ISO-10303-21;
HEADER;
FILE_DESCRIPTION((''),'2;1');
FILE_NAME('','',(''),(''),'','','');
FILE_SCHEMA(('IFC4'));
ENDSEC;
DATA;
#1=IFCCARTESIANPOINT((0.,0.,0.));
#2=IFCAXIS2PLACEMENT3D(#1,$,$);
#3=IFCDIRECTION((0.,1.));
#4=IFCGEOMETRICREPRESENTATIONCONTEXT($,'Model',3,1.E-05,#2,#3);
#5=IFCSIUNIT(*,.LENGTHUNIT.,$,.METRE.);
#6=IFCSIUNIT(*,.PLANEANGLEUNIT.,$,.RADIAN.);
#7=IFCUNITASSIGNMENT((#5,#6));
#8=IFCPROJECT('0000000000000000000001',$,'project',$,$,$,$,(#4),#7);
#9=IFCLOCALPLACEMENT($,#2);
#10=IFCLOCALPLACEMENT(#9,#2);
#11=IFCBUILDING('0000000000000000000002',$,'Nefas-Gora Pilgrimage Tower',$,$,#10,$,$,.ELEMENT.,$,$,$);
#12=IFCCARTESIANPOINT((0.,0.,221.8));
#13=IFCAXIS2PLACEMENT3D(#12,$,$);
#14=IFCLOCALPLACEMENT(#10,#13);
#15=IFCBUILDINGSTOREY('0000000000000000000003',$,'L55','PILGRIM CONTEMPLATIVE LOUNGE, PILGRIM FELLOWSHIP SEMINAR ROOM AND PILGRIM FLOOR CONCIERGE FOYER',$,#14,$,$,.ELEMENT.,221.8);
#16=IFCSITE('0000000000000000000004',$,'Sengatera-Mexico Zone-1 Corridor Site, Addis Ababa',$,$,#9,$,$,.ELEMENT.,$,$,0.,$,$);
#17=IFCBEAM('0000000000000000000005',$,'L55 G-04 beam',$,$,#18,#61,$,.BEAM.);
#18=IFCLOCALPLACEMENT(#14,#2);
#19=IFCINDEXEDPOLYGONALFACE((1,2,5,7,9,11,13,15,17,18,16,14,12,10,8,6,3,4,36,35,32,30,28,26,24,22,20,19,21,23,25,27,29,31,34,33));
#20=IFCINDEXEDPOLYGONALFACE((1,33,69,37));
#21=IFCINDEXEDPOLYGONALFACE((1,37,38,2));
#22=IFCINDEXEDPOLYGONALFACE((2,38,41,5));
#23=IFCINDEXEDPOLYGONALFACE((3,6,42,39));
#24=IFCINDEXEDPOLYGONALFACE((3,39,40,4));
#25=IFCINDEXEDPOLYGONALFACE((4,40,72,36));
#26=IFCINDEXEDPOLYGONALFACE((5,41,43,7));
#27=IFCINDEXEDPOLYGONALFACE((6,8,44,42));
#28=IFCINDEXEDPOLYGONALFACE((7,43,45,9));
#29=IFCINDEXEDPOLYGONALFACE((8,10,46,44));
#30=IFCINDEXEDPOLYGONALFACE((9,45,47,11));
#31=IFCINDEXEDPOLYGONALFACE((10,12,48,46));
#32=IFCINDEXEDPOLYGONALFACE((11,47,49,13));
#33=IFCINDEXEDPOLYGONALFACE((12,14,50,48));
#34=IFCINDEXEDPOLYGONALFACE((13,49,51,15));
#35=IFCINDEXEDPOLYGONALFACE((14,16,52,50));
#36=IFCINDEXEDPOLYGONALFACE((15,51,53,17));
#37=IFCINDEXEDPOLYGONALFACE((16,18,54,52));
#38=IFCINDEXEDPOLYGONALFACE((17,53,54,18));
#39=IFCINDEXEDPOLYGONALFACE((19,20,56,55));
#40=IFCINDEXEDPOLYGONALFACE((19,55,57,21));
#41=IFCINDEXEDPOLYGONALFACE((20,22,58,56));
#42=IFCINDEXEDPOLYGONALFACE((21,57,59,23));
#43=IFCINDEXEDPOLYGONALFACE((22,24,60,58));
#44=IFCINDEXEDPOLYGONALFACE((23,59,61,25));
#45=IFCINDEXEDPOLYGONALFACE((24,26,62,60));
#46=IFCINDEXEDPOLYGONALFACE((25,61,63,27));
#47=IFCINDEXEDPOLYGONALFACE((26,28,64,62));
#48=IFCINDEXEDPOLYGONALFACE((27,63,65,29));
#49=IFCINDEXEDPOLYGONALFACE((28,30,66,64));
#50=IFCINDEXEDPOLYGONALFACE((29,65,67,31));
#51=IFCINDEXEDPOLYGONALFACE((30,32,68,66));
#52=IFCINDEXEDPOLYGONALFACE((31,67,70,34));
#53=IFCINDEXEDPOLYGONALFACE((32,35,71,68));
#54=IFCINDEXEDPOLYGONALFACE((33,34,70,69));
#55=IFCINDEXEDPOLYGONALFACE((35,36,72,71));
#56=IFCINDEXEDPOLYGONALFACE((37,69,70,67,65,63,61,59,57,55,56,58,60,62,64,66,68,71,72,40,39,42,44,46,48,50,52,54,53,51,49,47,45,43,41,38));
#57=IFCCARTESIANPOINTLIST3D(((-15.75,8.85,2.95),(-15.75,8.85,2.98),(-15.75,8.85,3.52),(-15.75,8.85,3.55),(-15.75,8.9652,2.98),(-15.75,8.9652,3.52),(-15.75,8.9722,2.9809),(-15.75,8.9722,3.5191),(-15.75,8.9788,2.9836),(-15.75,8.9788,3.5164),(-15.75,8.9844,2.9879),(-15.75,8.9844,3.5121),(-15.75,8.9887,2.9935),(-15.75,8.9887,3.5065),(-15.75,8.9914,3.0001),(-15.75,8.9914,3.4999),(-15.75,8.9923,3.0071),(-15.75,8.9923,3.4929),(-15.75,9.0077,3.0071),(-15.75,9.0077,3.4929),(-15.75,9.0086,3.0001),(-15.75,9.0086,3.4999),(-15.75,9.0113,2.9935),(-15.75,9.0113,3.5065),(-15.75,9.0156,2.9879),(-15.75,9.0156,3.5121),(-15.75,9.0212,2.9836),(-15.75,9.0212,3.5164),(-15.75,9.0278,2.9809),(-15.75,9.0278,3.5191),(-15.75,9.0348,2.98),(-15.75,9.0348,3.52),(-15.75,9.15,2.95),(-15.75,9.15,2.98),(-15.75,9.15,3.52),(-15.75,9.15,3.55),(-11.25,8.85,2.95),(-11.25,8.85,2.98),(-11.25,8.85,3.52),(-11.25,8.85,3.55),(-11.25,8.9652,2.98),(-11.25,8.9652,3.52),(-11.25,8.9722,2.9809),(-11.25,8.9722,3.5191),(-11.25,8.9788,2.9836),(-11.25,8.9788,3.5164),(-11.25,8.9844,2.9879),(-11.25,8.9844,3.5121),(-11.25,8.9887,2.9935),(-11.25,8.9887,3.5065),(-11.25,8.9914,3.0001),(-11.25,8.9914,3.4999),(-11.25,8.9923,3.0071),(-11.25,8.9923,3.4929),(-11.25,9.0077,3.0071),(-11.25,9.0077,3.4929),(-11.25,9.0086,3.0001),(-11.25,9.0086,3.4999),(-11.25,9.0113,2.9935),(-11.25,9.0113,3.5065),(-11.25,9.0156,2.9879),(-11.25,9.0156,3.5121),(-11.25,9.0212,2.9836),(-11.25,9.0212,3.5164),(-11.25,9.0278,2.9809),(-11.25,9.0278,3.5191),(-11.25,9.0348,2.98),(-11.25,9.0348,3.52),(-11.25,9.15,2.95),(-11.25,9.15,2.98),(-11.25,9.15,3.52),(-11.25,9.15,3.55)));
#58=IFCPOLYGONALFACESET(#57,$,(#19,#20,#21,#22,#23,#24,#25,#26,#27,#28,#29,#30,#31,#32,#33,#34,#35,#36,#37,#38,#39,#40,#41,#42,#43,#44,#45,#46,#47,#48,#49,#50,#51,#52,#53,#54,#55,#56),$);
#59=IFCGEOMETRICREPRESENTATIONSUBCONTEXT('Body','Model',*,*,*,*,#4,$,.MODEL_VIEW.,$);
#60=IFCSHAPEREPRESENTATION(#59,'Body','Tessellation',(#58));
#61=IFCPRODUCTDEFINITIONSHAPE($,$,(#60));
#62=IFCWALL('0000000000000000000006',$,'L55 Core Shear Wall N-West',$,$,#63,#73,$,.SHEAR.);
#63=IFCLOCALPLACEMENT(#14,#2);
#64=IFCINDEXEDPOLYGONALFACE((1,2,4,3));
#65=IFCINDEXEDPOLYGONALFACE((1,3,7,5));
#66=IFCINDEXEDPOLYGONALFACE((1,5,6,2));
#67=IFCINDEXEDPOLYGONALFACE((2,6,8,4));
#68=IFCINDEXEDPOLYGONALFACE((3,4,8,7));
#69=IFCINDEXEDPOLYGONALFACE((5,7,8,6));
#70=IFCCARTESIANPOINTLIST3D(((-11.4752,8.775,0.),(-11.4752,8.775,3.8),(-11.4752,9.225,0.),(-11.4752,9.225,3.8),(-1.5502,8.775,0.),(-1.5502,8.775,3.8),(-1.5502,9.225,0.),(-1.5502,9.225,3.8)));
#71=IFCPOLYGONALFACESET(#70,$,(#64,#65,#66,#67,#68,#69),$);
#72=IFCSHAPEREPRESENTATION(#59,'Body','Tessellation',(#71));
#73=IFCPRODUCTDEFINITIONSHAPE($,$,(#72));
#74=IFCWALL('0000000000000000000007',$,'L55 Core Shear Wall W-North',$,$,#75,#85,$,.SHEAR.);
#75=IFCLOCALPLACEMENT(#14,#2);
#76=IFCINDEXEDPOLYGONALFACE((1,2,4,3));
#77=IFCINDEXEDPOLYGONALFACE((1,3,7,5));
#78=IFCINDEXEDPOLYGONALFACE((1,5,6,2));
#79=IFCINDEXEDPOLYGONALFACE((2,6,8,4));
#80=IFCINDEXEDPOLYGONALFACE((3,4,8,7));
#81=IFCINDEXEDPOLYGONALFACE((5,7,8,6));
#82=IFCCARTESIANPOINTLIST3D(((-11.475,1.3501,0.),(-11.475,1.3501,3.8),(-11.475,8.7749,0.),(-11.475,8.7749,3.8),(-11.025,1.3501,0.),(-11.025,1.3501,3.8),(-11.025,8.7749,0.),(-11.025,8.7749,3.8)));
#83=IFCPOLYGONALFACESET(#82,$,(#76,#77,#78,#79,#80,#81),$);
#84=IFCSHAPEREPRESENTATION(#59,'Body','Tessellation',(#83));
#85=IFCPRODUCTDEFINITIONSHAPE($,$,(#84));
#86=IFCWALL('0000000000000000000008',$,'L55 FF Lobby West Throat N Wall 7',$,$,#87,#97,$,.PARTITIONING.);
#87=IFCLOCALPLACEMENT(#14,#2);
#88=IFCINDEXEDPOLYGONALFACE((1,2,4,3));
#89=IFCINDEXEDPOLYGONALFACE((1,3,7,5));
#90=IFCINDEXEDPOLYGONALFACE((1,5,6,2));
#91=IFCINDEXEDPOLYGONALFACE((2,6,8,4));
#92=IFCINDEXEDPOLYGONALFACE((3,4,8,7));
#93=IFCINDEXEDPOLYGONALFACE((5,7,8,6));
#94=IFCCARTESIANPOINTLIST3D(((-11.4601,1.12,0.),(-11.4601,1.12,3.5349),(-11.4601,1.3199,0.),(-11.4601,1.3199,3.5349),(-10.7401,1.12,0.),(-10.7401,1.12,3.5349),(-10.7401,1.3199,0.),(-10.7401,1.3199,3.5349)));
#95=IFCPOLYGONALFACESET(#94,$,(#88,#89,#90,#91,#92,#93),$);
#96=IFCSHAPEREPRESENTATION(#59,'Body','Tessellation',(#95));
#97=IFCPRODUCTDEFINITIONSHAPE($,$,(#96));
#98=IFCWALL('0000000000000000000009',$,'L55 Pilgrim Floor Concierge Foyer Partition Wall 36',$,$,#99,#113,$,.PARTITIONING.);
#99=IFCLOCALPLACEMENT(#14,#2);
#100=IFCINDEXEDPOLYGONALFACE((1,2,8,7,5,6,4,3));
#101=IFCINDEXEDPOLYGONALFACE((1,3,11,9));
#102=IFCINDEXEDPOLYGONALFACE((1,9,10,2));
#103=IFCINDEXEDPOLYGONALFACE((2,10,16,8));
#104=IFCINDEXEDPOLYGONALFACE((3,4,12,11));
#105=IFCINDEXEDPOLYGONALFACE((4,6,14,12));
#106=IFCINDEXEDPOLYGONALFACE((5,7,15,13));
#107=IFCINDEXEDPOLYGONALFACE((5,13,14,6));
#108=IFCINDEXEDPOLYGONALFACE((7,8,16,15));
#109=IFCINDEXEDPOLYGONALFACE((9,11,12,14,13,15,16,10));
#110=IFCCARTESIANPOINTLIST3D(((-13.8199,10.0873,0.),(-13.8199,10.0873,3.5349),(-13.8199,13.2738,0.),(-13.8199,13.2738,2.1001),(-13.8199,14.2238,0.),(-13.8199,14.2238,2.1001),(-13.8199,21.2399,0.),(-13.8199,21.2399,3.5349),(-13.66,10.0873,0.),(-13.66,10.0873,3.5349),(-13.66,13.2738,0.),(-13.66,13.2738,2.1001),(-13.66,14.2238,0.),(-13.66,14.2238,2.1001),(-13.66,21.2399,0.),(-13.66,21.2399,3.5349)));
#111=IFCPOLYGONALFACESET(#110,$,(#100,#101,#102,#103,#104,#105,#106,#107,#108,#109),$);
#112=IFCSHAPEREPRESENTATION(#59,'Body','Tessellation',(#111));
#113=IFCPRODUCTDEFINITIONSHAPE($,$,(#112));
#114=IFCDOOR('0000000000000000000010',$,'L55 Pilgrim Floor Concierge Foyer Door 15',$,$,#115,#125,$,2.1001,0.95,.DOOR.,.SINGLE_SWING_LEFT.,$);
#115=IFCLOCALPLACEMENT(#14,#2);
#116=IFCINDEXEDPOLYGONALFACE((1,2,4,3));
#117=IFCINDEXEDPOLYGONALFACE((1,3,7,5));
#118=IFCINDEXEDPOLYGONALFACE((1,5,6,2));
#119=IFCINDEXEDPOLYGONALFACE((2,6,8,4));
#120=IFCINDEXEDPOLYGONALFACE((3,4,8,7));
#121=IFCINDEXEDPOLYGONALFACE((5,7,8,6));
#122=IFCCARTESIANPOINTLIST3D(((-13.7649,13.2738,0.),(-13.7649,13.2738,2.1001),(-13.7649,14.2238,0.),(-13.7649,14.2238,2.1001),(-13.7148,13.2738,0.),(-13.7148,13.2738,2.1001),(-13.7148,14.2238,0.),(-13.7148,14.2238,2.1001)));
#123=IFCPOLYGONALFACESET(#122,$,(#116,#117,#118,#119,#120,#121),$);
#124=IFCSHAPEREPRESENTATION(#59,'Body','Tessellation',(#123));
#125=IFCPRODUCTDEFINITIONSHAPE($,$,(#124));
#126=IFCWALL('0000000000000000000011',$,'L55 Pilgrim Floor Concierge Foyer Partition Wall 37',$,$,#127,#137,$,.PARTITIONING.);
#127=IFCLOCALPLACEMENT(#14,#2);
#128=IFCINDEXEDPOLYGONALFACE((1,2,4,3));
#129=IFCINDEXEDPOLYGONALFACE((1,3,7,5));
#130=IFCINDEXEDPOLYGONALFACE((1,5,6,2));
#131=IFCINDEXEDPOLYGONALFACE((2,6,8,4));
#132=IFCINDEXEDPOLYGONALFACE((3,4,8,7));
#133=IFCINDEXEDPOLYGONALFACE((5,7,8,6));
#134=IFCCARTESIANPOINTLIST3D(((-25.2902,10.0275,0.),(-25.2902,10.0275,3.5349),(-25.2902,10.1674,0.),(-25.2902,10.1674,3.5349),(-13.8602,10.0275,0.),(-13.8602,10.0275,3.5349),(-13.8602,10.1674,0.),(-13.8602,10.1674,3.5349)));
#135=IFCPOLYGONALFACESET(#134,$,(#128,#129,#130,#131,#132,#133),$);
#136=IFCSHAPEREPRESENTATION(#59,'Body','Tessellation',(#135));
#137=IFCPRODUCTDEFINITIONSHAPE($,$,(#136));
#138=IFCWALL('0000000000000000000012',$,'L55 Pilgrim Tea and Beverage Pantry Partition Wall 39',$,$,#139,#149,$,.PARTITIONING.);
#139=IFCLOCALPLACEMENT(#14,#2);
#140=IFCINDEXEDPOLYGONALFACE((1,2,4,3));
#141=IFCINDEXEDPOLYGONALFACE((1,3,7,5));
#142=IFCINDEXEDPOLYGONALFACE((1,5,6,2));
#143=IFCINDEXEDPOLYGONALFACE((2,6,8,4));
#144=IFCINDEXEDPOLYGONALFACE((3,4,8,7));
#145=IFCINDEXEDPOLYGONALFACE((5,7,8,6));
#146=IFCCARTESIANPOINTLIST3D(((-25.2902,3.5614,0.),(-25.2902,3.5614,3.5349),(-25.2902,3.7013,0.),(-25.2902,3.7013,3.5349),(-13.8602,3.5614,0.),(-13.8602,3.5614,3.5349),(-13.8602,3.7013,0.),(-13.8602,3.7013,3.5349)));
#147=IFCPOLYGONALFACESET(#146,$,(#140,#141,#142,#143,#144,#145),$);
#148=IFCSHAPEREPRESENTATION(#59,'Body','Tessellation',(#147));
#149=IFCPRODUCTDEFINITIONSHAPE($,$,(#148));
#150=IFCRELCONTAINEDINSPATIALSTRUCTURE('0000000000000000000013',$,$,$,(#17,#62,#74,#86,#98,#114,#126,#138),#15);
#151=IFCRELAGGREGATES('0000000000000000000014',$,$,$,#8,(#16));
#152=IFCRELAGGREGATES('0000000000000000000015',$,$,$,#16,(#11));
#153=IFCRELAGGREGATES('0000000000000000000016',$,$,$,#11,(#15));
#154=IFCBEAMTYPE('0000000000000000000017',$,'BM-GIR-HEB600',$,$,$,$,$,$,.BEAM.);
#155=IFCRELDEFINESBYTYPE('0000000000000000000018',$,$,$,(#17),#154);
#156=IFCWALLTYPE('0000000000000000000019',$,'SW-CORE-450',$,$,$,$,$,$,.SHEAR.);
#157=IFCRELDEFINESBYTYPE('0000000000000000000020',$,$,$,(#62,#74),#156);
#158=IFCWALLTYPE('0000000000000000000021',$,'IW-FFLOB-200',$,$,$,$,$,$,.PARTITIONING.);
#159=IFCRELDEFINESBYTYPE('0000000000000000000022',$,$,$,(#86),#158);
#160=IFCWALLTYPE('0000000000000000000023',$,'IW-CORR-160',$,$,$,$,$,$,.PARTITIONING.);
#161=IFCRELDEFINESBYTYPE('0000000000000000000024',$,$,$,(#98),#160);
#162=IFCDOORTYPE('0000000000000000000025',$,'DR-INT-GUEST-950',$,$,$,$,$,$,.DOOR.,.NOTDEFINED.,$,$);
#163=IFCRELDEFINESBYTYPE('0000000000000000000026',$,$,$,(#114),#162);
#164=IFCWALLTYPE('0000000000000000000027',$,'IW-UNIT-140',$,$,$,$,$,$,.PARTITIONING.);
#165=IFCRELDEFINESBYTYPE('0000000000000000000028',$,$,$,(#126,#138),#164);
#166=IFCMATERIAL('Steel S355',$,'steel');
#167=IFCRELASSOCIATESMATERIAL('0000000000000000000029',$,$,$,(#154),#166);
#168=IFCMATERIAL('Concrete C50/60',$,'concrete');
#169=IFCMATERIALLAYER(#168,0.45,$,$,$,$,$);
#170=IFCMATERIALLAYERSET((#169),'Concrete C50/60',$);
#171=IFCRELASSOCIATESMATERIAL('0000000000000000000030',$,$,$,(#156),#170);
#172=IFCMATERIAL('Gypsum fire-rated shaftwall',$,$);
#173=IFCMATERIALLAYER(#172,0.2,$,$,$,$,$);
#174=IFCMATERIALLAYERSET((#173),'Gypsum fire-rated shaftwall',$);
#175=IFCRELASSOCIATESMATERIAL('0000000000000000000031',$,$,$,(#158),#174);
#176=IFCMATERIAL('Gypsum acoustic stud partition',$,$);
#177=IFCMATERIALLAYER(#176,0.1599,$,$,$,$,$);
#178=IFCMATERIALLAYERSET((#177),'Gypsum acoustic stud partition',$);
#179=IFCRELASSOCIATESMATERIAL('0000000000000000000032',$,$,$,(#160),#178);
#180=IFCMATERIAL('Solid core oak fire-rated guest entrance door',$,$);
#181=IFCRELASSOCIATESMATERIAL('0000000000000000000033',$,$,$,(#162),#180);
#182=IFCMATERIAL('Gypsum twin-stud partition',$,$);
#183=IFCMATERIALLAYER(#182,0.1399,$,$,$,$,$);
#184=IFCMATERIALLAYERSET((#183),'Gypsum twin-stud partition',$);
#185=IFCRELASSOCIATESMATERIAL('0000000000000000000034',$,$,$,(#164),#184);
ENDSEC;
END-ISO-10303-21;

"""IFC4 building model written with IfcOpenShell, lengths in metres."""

from ifc_helpers import new_model, si_unit, direction, frame, frame_2d, origin, origin_2d, place, context, subcontext, project, spatial, rectangle, i_section, extrude, source, transform, mapped, material, layer, layer_set, material_profile, profile_set, type_object, element, fill, save


model = new_model("IFC4")

# Units and contexts
model_context = context("Model", 3, precision=1e-05, world=origin(), true_north=direction((0.0, 1.0)))
body_context = subcontext(model_context, "Body", "Model", "MODEL_VIEW")
ifc_project = project(units=[si_unit("LENGTHUNIT", "METRE"), si_unit("PLANEANGLEUNIT", "RADIAN")], contexts=[model_context])

# Site, building, storey
site_placement = place(None, origin())
site = spatial("IfcSite", under=ifc_project, at=site_placement, Name="Sengatera-Mexico Zone-1 Corridor Site, Addis Ababa", CompositionType="ELEMENT", RefElevation=0.0)
building_placement = place(site_placement, origin())
building = spatial("IfcBuilding", under=site, at=building_placement, Name="Nefas-Gora Pilgrimage Tower", CompositionType="ELEMENT")
storey_placement = place(building_placement, frame((0.0, 0.0, 221.8)))
storey = spatial("IfcBuildingStorey", under=building, at=storey_placement, Name="L55", Description="PILGRIM CONTEMPLATIVE LOUNGE, PILGRIM FELLOWSHIP SEMINAR ROOM AND PILGRIM FLOOR CONCIERGE FOYER", CompositionType="ELEMENT", Elevation=221.8)

# Beam
ifc_material_1 = material(Name="Steel S355", Category="steel")
ifc_material_profile_1 = material_profile(ifc_material_1, i_section(OverallWidth=0.3, OverallDepth=0.6001, WebThickness=0.0154, FlangeThickness=0.03, FilletRadius=0.0271, at=origin_2d()), Name="HEB 600")
ifc_profile_set_1 = profile_set([ifc_material_profile_1], Name="Steel S355")
beam_type_1 = type_object("IfcBeamType", Name="BM-GIR-HEB600", PredefinedType="BEAM", material=ifc_profile_set_1)
shared_shape_1 = source(origin(), body_context, "Body", "SweptSolid", [
    extrude(i_section(OverallWidth=0.3, OverallDepth=0.6001, WebThickness=0.0154, FlangeThickness=0.03, FilletRadius=0.0271, at=origin_2d()), origin(), (0.0, 0.0, 1.0), 4.5),
])
for number, where, z_axis, x_axis, name in (
    (1, (-15.75, 9.0, 3.25), (1.0, 0.0, 0.0), (0.0, 1.0, 0.0), "L55 G-04 beam"),
):
    element("IfcBeam", number, at=place(storey_placement, frame(where, z_axis=z_axis, x_axis=x_axis)), inside=storey, type_object=beam_type_1, Name=name, PredefinedType="BEAM", context=body_context, shape_type="MappedRepresentation", body=[
        mapped(shared_shape_1, transform((0.0, 0.0, 0.0), x_axis=(1.0, 0.0, 0.0), y_axis=(0.0, 1.0, 0.0), z_axis=(0.0, 0.0, 1.0), scale=1.0)),
    ])

# Walls
ifc_material_2 = material(Name="Concrete C50/60", Category="concrete")
ifc_layer_1 = layer(ifc_material_2, 0.45)
ifc_layer_set_1 = layer_set([ifc_layer_1], Name="Concrete C50/60")
wall_type_1 = type_object("IfcWallType", Name="SW-CORE-450", PredefinedType="SHEAR", material=ifc_layer_set_1)
shared_shape_2 = source(origin(), body_context, "Body", "SweptSolid", [
    extrude(rectangle(XDim=9.925, YDim=0.45, at=frame_2d((4.9624, 0.0))), origin(), (0.0, 0.0, 1.0), 3.8),
])
wall_1_placement = place(storey_placement, frame((-11.4751, 9.0, 0.0), z_axis=(0.0, 0.0, 1.0), x_axis=(1.0, 0.0, 0.0)))
element("IfcWall", 2, at=wall_1_placement, inside=storey, type_object=wall_type_1, Name="L55 Core Shear Wall N-West", PredefinedType="SHEAR", context=body_context, shape_type="MappedRepresentation", body=[
    mapped(shared_shape_2, transform((0.0, 0.0, 0.0), x_axis=(1.0, 0.0, 0.0), y_axis=(0.0, 1.0, 0.0), z_axis=(0.0, 0.0, 1.0), scale=1.0)),
])
shared_shape_3 = source(origin(), body_context, "Body", "SweptSolid", [
    extrude(rectangle(XDim=7.4248, YDim=0.45, at=frame_2d((3.7124, 0.0))), origin(), (0.0, 0.0, 1.0), 3.8),
])
wall_2_placement = place(storey_placement, frame((-11.25, 1.3501, 0.0), z_axis=(0.0, 0.0, 1.0), x_axis=(0.0, 1.0, 0.0)))
element("IfcWall", 3, at=wall_2_placement, inside=storey, type_object=wall_type_1, Name="L55 Core Shear Wall W-North", PredefinedType="SHEAR", context=body_context, shape_type="MappedRepresentation", body=[
    mapped(shared_shape_3, transform((0.0, 0.0, 0.0), x_axis=(1.0, 0.0, 0.0), y_axis=(0.0, 1.0, 0.0), z_axis=(0.0, 0.0, 1.0), scale=1.0)),
])
ifc_material_3 = material(Name="Gypsum fire-rated shaftwall")
ifc_layer_2 = layer(ifc_material_3, 0.2)
ifc_layer_set_2 = layer_set([ifc_layer_2], Name="Gypsum fire-rated shaftwall")
wall_type_2 = type_object("IfcWallType", Name="IW-FFLOB-200", PredefinedType="PARTITIONING", material=ifc_layer_set_2)
shared_shape_4 = source(origin(), body_context, "Body", "SweptSolid", [
    extrude(rectangle(XDim=0.72, YDim=0.2, at=frame_2d((0.3599, 0.0))), origin(), (0.0, 0.0, 1.0), 3.5349),
])
wall_3_placement = place(storey_placement, frame((-11.46, 1.22, 0.0), z_axis=(0.0, 0.0, 1.0), x_axis=(1.0, 0.0, 0.0)))
element("IfcWall", 4, at=wall_3_placement, inside=storey, type_object=wall_type_2, Name="L55 FF Lobby West Throat N Wall 7", PredefinedType="PARTITIONING", context=body_context, shape_type="MappedRepresentation", body=[
    mapped(shared_shape_4, transform((0.0, 0.0, 0.0), x_axis=(1.0, 0.0, 0.0), y_axis=(0.0, 1.0, 0.0), z_axis=(0.0, 0.0, 1.0), scale=1.0)),
])

# Wall, opening, door
ifc_material_4 = material(Name="Gypsum acoustic stud partition")
ifc_layer_3 = layer(ifc_material_4, 0.1599)
ifc_layer_set_3 = layer_set([ifc_layer_3], Name="Gypsum acoustic stud partition")
wall_type_3 = type_object("IfcWallType", Name="IW-CORR-160", PredefinedType="PARTITIONING", material=ifc_layer_set_3)
shared_shape_5 = source(origin(), body_context, "Body", "SweptSolid", [
    extrude(rectangle(XDim=11.1526, YDim=0.1599, at=frame_2d((5.5762, 0.0))), origin(), (0.0, 0.0, 1.0), 3.5349),
])
wall_4_placement = place(storey_placement, frame((-13.74, 10.0874, 0.0), z_axis=(0.0, 0.0, 1.0), x_axis=(0.0, 1.0, 0.0)))
wall_4 = element("IfcWall", 5, at=wall_4_placement, inside=storey, type_object=wall_type_3, Name="L55 Pilgrim Floor Concierge Foyer Partition Wall 36", PredefinedType="PARTITIONING", context=body_context, shape_type="MappedRepresentation", body=[
    mapped(shared_shape_5, transform((0.0, 0.0, 0.0), x_axis=(1.0, 0.0, 0.0), y_axis=(0.0, 1.0, 0.0), z_axis=(0.0, 0.0, 1.0), scale=1.0)),
])
opening_1_placement = place(wall_4_placement, frame((3.1863, 0.0, 0.0)))
opening_1 = element("IfcOpeningElement", 6, at=opening_1_placement, cuts=wall_4, PredefinedType="OPENING", context=body_context, shape_type="SweptSolid", body=[
    extrude(rectangle(XDim=0.95, YDim=2.1001, at=frame_2d((0.4751, 1.05))), frame((0.0, 0.0898, 0.0), z_axis=(0.0, -1.0, 0.0), x_axis=(1.0, 0.0, 0.0)), (0.0, 0.0, 1.0), 0.1799),
])
ifc_material_5 = material(Name="Solid core oak fire-rated guest entrance door")
door_type = type_object("IfcDoorType", Name="DR-INT-GUEST-950", OperationType="NOTDEFINED", PredefinedType="DOOR", material=ifc_material_5)
shared_shape_6 = source(origin(), body_context, "Body", "SweptSolid", [
    extrude(rectangle(XDim=0.95, YDim=2.1001, at=frame_2d((0.4751, 1.05))), frame((0.0, 0.0249, 0.0), z_axis=(0.0, -1.0, 0.0), x_axis=(1.0, 0.0, 0.0)), (0.0, 0.0, 1.0), 0.05),
])
door_1_placement = place(opening_1_placement, origin())
door_1 = element("IfcDoor", 7, at=door_1_placement, inside=storey, type_object=door_type, Name="L55 Pilgrim Floor Concierge Foyer Door 15", OperationType="SINGLE_SWING_LEFT", OverallHeight=2.1001, OverallWidth=0.95, PredefinedType="DOOR", context=body_context, shape_type="MappedRepresentation", body=[
    mapped(shared_shape_6, transform((0.0, 0.0, 0.0), x_axis=(1.0, 0.0, 0.0), y_axis=(0.0, 1.0, 0.0), z_axis=(0.0, 0.0, 1.0), scale=1.0)),
])
fill(opening_1, door_1)

# Walls
ifc_material_6 = material(Name="Gypsum twin-stud partition")
ifc_layer_4 = layer(ifc_material_6, 0.1399)
ifc_layer_set_4 = layer_set([ifc_layer_4], Name="Gypsum twin-stud partition")
wall_type_4 = type_object("IfcWallType", Name="IW-UNIT-140", PredefinedType="PARTITIONING", material=ifc_layer_set_4)
shared_shape_7 = source(origin(), body_context, "Body", "SweptSolid", [
    extrude(rectangle(XDim=11.4299, YDim=0.1399, at=frame_2d((5.7148, 0.0))), origin(), (0.0, 0.0, 1.0), 3.5349),
])
for number, where, z_axis, x_axis, name in (
    (8, (-25.29, 10.0974, 0.0), (0.0, 0.0, 1.0), (1.0, 0.0, 0.0), "L55 Pilgrim Floor Concierge Foyer Partition Wall 37"),
    (9, (-25.29, 3.6313, 0.0), (0.0, 0.0, 1.0), (1.0, 0.0, 0.0), "L55 Pilgrim Tea and Beverage Pantry Partition Wall 39"),
):
    element("IfcWall", number, at=place(storey_placement, frame(where, z_axis=z_axis, x_axis=x_axis)), inside=storey, type_object=wall_type_4, Name=name, PredefinedType="PARTITIONING", context=body_context, shape_type="MappedRepresentation", body=[
        mapped(shared_shape_7, transform((0.0, 0.0, 0.0), x_axis=(1.0, 0.0, 0.0), y_axis=(0.0, 1.0, 0.0), z_axis=(0.0, 0.0, 1.0), scale=1.0)),
    ])

save(model, "model.ifc")
